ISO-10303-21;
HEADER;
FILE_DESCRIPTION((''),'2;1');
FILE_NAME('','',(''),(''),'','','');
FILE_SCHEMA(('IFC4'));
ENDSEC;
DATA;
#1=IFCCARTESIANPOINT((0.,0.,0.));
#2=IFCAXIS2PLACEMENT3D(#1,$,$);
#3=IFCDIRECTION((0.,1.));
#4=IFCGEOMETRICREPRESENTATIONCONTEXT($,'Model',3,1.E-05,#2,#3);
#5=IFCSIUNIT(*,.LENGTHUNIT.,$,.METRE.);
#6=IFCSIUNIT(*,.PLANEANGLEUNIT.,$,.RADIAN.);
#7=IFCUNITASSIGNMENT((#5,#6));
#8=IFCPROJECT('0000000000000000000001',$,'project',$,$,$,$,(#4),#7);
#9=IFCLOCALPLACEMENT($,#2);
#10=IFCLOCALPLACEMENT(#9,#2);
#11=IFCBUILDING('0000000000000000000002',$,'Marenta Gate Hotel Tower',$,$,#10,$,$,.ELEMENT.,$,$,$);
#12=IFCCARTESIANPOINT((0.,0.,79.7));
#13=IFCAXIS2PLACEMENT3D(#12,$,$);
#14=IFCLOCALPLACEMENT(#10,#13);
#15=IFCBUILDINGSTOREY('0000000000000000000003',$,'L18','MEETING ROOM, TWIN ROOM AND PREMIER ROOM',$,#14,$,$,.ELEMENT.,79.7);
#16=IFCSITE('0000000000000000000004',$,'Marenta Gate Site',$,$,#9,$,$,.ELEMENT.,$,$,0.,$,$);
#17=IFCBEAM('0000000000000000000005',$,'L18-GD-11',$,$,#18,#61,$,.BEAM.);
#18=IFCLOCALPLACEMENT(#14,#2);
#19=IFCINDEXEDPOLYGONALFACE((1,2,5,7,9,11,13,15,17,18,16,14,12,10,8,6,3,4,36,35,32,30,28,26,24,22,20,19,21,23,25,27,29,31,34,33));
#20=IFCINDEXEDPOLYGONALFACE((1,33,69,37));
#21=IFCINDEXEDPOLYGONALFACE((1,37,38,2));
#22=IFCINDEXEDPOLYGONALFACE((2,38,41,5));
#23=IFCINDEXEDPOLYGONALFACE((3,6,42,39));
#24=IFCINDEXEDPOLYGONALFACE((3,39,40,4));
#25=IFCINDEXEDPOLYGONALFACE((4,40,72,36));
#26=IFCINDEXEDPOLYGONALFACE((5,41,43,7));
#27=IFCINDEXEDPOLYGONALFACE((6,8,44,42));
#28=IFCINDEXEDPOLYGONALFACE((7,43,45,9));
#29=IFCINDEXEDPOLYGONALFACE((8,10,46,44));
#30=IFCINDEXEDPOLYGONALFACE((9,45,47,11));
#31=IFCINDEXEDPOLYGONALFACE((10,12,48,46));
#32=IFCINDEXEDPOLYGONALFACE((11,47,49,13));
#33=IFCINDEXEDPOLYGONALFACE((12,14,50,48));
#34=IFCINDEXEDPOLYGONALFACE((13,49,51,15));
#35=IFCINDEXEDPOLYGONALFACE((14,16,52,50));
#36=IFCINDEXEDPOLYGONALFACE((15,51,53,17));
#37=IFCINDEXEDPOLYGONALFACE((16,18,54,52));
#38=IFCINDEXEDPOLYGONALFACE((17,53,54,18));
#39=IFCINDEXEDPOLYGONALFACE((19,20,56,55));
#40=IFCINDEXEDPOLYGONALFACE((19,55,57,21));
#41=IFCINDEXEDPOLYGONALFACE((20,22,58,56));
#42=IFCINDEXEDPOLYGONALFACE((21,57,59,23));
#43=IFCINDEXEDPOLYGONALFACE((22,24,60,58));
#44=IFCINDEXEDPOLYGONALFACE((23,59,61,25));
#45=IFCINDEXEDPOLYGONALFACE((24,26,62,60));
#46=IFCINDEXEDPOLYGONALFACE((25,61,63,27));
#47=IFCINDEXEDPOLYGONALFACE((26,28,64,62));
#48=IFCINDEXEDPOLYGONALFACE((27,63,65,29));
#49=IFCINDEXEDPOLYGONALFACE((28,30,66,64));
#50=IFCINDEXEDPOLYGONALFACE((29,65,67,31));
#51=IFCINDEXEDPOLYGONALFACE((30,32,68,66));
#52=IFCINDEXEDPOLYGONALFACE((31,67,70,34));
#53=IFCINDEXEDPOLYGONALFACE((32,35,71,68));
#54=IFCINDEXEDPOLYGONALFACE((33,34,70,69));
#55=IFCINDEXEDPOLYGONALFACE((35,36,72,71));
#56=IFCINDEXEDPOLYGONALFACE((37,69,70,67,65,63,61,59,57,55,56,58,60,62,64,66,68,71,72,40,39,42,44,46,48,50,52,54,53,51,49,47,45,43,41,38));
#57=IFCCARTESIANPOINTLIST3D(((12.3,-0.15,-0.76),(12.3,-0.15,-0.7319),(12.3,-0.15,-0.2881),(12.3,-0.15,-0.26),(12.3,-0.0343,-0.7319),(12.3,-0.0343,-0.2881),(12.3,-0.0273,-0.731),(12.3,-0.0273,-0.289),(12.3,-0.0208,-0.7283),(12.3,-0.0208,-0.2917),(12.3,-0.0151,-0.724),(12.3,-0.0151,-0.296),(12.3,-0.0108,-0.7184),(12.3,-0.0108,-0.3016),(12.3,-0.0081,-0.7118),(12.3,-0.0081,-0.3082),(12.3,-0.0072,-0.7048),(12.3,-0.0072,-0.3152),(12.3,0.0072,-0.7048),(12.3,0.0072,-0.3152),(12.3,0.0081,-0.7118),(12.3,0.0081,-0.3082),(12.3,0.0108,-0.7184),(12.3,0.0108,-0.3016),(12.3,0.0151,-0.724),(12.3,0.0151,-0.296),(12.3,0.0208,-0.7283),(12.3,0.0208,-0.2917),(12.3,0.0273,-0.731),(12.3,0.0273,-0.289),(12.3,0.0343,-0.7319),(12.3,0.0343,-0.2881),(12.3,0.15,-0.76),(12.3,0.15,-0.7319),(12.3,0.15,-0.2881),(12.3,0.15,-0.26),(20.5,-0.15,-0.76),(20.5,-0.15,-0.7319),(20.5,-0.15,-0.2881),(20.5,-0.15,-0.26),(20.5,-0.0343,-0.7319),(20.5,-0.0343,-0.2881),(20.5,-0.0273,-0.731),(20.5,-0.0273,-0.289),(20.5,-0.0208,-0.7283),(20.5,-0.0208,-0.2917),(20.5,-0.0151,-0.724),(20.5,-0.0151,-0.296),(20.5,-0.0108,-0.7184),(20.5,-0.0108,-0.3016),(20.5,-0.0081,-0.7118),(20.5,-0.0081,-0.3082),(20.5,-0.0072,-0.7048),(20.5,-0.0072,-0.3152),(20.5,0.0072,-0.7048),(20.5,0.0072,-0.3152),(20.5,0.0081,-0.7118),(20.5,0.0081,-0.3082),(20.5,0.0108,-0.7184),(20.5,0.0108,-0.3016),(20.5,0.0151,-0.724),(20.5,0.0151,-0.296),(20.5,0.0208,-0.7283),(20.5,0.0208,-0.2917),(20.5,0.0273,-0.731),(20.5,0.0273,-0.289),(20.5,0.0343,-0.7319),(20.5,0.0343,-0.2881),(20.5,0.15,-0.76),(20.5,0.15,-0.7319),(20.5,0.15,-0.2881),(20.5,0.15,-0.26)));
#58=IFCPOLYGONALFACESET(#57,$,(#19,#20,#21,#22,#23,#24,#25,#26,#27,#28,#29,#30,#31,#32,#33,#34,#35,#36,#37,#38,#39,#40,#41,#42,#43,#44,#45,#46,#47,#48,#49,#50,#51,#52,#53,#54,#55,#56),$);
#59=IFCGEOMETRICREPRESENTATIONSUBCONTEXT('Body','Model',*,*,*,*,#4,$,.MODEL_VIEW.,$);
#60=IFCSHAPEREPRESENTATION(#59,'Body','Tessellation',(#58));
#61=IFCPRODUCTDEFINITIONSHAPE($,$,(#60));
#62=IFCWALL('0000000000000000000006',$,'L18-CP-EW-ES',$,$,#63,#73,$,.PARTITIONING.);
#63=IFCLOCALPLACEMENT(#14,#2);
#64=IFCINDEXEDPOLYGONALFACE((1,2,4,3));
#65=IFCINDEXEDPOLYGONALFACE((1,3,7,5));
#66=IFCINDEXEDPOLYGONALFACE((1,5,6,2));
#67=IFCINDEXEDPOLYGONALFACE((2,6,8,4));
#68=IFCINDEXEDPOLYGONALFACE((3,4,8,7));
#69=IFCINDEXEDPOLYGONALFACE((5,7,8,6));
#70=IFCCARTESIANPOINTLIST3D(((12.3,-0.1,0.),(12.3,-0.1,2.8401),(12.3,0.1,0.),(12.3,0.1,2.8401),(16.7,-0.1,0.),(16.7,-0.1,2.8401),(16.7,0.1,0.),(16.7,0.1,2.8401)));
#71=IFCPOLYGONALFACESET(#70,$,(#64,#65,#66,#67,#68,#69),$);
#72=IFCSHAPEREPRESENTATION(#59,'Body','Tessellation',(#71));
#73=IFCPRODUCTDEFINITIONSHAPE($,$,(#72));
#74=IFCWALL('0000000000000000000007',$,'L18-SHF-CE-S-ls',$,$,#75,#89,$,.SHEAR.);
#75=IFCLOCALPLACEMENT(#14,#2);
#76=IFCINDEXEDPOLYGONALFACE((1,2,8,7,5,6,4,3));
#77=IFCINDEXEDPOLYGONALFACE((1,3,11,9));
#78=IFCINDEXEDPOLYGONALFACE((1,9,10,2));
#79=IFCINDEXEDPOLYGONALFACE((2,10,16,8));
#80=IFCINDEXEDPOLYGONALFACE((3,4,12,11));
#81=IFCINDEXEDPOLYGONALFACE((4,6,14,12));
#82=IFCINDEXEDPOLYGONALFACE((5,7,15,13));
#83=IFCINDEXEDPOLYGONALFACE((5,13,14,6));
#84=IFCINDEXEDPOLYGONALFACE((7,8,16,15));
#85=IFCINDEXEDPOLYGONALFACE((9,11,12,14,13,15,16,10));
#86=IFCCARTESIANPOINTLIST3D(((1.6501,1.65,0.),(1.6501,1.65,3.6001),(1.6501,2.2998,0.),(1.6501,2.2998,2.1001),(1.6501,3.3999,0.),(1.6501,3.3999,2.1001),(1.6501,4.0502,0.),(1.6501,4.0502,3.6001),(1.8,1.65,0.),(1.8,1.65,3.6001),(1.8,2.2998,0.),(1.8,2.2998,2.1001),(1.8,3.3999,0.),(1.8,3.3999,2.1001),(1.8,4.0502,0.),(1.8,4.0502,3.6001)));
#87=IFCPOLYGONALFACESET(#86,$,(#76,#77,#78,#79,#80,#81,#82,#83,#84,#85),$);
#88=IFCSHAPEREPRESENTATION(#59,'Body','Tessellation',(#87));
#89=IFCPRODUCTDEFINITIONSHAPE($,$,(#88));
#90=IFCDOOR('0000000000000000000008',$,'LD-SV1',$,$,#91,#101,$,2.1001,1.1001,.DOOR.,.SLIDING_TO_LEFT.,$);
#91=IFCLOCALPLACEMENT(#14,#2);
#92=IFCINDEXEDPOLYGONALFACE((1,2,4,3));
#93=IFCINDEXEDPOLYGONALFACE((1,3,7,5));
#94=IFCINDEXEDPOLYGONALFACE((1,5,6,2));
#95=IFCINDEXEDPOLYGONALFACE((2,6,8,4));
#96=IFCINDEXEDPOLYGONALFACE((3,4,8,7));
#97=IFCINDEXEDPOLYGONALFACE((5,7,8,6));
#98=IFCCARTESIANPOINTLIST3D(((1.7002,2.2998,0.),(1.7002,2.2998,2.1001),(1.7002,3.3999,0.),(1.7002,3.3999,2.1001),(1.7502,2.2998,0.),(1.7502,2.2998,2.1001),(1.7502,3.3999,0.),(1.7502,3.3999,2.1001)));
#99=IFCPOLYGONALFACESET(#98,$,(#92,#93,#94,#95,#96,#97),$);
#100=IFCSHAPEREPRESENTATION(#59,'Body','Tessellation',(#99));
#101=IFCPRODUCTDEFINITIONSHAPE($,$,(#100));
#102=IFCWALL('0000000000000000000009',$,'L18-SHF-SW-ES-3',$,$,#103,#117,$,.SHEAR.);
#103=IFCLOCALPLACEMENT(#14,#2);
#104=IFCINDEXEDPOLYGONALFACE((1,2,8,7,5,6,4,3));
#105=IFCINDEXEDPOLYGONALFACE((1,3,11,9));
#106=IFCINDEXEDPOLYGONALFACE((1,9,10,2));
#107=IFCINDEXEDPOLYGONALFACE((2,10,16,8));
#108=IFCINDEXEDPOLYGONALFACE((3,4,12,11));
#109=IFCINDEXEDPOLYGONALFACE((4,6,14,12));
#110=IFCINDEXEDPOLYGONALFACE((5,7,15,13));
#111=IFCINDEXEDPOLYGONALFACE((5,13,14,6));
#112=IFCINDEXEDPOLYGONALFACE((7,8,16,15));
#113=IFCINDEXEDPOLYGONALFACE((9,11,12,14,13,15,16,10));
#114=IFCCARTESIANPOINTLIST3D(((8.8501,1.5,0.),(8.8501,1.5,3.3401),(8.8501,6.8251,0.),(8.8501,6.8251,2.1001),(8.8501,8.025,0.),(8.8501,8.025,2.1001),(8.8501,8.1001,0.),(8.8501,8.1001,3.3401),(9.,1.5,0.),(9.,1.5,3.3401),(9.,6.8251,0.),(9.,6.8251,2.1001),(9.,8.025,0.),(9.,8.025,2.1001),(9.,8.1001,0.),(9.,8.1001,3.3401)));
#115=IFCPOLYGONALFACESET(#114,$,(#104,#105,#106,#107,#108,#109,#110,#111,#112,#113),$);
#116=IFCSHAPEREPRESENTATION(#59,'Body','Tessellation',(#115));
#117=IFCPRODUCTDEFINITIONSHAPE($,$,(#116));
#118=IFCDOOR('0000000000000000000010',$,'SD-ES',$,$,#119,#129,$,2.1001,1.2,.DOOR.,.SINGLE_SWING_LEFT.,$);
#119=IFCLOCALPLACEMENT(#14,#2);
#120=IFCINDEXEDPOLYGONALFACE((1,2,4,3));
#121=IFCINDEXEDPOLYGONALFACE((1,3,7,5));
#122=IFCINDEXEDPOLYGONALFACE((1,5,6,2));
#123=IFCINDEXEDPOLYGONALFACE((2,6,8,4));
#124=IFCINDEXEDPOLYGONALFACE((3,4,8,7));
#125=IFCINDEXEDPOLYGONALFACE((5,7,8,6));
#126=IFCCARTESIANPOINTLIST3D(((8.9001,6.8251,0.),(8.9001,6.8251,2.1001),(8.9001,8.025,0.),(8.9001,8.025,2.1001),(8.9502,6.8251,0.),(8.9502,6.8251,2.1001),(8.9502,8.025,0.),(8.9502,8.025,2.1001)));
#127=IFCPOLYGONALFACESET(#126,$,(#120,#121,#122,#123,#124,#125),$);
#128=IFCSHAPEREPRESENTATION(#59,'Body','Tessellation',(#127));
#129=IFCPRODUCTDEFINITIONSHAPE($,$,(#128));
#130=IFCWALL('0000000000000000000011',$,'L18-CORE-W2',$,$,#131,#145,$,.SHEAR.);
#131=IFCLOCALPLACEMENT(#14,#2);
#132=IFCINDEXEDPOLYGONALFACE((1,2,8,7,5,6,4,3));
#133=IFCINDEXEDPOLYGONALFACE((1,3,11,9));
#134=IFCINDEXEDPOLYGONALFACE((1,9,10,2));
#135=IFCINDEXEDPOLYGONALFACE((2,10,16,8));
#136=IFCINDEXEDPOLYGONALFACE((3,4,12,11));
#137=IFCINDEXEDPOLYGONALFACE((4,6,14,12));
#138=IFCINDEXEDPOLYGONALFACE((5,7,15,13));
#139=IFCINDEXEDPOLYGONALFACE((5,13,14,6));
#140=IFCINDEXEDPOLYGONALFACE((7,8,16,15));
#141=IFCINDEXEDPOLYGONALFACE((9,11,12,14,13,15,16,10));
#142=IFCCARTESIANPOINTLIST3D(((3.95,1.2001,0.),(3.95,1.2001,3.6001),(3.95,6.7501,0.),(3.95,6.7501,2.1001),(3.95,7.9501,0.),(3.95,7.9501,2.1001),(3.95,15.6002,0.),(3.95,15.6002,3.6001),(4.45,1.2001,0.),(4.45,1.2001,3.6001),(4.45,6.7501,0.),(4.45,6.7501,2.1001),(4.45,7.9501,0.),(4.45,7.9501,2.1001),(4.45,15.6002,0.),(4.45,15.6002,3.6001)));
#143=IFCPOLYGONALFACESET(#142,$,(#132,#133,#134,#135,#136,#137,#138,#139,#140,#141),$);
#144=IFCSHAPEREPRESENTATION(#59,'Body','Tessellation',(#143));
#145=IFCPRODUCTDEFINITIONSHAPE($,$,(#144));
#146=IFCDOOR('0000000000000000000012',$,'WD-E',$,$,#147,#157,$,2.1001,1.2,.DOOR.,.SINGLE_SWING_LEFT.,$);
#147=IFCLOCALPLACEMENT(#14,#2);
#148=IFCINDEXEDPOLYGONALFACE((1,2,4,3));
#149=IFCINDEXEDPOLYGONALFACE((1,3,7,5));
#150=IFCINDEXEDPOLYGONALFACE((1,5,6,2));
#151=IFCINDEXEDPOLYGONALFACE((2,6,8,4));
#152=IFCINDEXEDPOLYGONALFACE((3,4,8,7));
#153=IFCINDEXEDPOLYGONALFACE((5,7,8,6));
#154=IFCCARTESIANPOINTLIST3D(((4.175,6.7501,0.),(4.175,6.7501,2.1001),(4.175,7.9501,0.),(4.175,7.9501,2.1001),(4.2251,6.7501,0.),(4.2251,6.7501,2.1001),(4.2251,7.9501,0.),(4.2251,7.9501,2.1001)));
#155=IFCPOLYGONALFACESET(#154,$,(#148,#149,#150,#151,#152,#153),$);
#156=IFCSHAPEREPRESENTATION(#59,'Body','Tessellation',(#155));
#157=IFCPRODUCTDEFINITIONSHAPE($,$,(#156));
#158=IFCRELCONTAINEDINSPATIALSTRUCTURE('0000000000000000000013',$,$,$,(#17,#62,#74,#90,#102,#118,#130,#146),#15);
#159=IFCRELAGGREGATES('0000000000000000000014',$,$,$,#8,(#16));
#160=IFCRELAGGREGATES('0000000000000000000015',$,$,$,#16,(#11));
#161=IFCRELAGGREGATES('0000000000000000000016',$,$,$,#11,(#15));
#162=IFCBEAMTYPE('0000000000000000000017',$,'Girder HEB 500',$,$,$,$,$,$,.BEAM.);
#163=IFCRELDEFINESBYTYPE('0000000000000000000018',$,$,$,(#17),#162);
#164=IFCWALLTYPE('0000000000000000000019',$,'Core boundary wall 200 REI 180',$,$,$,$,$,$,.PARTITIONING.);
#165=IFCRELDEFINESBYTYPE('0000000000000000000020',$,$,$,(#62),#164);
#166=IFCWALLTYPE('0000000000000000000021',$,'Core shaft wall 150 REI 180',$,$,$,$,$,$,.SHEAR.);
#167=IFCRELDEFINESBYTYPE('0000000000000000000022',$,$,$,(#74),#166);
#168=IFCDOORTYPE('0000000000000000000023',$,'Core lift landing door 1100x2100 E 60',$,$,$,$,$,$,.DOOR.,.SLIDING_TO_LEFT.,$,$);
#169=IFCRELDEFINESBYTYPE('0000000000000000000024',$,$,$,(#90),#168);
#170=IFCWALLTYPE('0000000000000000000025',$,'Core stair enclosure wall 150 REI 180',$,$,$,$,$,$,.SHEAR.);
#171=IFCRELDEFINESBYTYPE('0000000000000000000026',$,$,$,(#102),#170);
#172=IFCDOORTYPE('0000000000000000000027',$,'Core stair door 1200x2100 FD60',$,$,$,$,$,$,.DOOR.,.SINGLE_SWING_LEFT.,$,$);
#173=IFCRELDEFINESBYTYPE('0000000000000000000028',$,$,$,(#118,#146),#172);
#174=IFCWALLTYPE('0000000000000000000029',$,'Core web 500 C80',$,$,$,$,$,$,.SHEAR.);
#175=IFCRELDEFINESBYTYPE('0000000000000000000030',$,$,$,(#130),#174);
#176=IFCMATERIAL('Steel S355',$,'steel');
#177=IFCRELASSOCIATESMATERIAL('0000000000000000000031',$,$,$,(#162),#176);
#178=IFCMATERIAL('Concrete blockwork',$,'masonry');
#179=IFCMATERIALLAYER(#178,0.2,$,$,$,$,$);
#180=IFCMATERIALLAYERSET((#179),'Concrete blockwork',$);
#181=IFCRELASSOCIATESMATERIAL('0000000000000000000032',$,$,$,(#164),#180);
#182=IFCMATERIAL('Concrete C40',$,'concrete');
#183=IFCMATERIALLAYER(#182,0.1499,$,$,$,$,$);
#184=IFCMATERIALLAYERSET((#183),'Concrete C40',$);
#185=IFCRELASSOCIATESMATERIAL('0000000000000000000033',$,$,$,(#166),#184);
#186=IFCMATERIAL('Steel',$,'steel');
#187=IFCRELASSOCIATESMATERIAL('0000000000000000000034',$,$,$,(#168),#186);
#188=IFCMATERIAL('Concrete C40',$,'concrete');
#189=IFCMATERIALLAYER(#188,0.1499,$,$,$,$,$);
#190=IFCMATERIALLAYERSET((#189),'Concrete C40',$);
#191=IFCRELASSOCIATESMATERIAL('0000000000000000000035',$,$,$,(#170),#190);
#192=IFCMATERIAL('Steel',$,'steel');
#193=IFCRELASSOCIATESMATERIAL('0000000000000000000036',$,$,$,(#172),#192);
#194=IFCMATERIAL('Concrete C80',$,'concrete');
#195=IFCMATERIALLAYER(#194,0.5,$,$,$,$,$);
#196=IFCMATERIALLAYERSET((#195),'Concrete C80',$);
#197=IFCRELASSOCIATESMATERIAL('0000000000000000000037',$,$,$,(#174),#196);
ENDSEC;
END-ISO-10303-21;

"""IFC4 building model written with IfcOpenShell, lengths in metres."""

from ifc_helpers import new_model, si_unit, direction, frame, frame_2d, origin, origin_2d, place, context, subcontext, project, spatial, rectangle, i_section, extrude, material, layer, layer_set, material_profile, profile_set, type_object, element, fill, save


model = new_model("IFC4")

# Units and contexts
model_context = context("Model", 3, precision=1e-05, world=origin(), true_north=direction((0.0, 1.0)))
body_context = subcontext(model_context, "Body", "Model", "MODEL_VIEW")
ifc_project = project(units=[si_unit("LENGTHUNIT", "METRE"), si_unit("PLANEANGLEUNIT", "RADIAN")], contexts=[model_context])

# Site, building, storey
site_placement = place(None, origin())
site = spatial("IfcSite", under=ifc_project, at=site_placement, Name="Marenta Gate Site", CompositionType="ELEMENT", RefElevation=0.0)
building_placement = place(site_placement, origin())
building = spatial("IfcBuilding", under=site, at=building_placement, Name="Marenta Gate Hotel Tower", CompositionType="ELEMENT")
storey_placement = place(building_placement, frame((0.0, 0.0, 79.7)))
storey = spatial("IfcBuildingStorey", under=building, at=storey_placement, Name="L18", Description="MEETING ROOM, TWIN ROOM AND PREMIER ROOM", CompositionType="ELEMENT", Elevation=79.7)

# Beam
ifc_material_1 = material(Name="Steel S355", Category="steel")
ifc_material_profile = material_profile(ifc_material_1, i_section(OverallWidth=0.3, OverallDepth=0.5, WebThickness=0.0144, FlangeThickness=0.0281, FilletRadius=0.0271, at=origin_2d()), Name="HEB 500")
ifc_profile_set = profile_set([ifc_material_profile], Name="Steel S355")
beam_type = type_object("IfcBeamType", Name="Girder HEB 500", PredefinedType="BEAM", material=ifc_profile_set)
beam_placement = place(storey_placement, frame((12.3, 0.0, -0.51), z_axis=(1.0, 0.0, 0.0), x_axis=(0.0, 1.0, 0.0)))
element("IfcBeam", 1, at=beam_placement, inside=storey, type_object=beam_type, Name="L18-GD-11", PredefinedType="BEAM", context=body_context, shape_type="SweptSolid", body=[
    extrude(i_section(OverallWidth=0.3, OverallDepth=0.5, WebThickness=0.0144, FlangeThickness=0.0281, FilletRadius=0.0271, at=origin_2d()), origin(), (0.0, 0.0, 1.0), 8.2),
])

# Wall
ifc_material_2 = material(Name="Concrete blockwork", Category="masonry")
ifc_layer_1 = layer(ifc_material_2, 0.2)
ifc_layer_set_1 = layer_set([ifc_layer_1], Name="Concrete blockwork")
wall_type_1 = type_object("IfcWallType", Name="Core boundary wall 200 REI 180", PredefinedType="PARTITIONING", material=ifc_layer_set_1)
wall_1_placement = place(storey_placement, frame((12.3, 0.0, 0.0), z_axis=(0.0, 0.0, 1.0), x_axis=(1.0, 0.0, 0.0)))
element("IfcWall", 2, at=wall_1_placement, inside=storey, type_object=wall_type_1, Name="L18-CP-EW-ES", PredefinedType="PARTITIONING", context=body_context, shape_type="SweptSolid", body=[
    extrude(rectangle(XDim=4.3999, YDim=0.2, at=frame_2d((2.2, 0.0))), origin(), (0.0, 0.0, 1.0), 2.8401),
])

# Walls, openings, doors
ifc_material_3 = material(Name="Concrete C40", Category="concrete")
ifc_layer_2 = layer(ifc_material_3, 0.1499)
ifc_layer_set_2 = layer_set([ifc_layer_2], Name="Concrete C40")
wall_type_2 = type_object("IfcWallType", Name="Core shaft wall 150 REI 180", PredefinedType="SHEAR", material=ifc_layer_set_2)
wall_2_placement = place(storey_placement, frame((1.7251, 1.6499, 0.0), z_axis=(0.0, 0.0, 1.0), x_axis=(0.0, 1.0, 0.0)))
wall_2 = element("IfcWall", 3, at=wall_2_placement, inside=storey, type_object=wall_type_2, Name="L18-SHF-CE-S-ls", PredefinedType="SHEAR", context=body_context, shape_type="SweptSolid", body=[
    extrude(rectangle(XDim=2.4001, YDim=0.1499, at=frame_2d((1.2002, 0.0))), origin(), (0.0, 0.0, 1.0), 3.6001),
])
opening_1_placement = place(wall_2_placement, frame((0.6499, 0.0, 0.0)))
opening_1 = element("IfcOpeningElement", 4, at=opening_1_placement, cuts=wall_2, PredefinedType="OPENING", context=body_context, shape_type="SweptSolid", body=[
    extrude(rectangle(XDim=1.1001, YDim=2.1001, at=frame_2d((0.55, 1.05))), frame((0.0, 0.075, 0.0), z_axis=(0.0, -1.0, 0.0), x_axis=(1.0, 0.0, 0.0)), (0.0, 0.0, 1.0), 0.1499),
])
ifc_material_4 = material(Name="Steel", Category="steel")
door_type_1 = type_object("IfcDoorType", Name="Core lift landing door 1100x2100 E 60", OperationType="SLIDING_TO_LEFT", PredefinedType="DOOR", material=ifc_material_4)
door_1_placement = place(opening_1_placement, origin())
door_1 = element("IfcDoor", 5, at=door_1_placement, inside=storey, type_object=door_type_1, Name="LD-SV1", OperationType="SLIDING_TO_LEFT", OverallHeight=2.1001, OverallWidth=1.1001, PredefinedType="DOOR", context=body_context, shape_type="SweptSolid", body=[
    extrude(rectangle(XDim=1.1001, YDim=2.1001, at=frame_2d((0.55, 1.05))), frame((0.0, 0.0249, 0.0), z_axis=(0.0, -1.0, 0.0), x_axis=(1.0, 0.0, 0.0)), (0.0, 0.0, 1.0), 0.05),
])
fill(opening_1, door_1)
ifc_material_5 = material(Name="Concrete C40", Category="concrete")
ifc_layer_3 = layer(ifc_material_5, 0.1499)
ifc_layer_set_3 = layer_set([ifc_layer_3], Name="Concrete C40")
wall_type_3 = type_object("IfcWallType", Name="Core stair enclosure wall 150 REI 180", PredefinedType="SHEAR", material=ifc_layer_set_3)
wall_3_placement = place(storey_placement, frame((8.925, 1.5, 0.0), z_axis=(0.0, 0.0, 1.0), x_axis=(0.0, 1.0, 0.0)))
wall_3 = element("IfcWall", 6, at=wall_3_placement, inside=storey, type_object=wall_type_3, Name="L18-SHF-SW-ES-3", PredefinedType="SHEAR", context=body_context, shape_type="SweptSolid", body=[
    extrude(rectangle(XDim=6.6001, YDim=0.1499, at=frame_2d((3.3, 0.0))), origin(), (0.0, 0.0, 1.0), 3.3401),
])
opening_2_placement = place(wall_3_placement, frame((5.325, 0.0, 0.0)))
opening_2 = element("IfcOpeningElement", 7, at=opening_2_placement, cuts=wall_3, PredefinedType="OPENING", context=body_context, shape_type="SweptSolid", body=[
    extrude(rectangle(XDim=1.2, YDim=2.1001, at=frame_2d((0.6001, 1.05))), frame((0.0, 0.075, 0.0), z_axis=(0.0, -1.0, 0.0), x_axis=(1.0, 0.0, 0.0)), (0.0, 0.0, 1.0), 0.1499),
])
ifc_material_6 = material(Name="Steel", Category="steel")
door_type_2 = type_object("IfcDoorType", Name="Core stair door 1200x2100 FD60", OperationType="SINGLE_SWING_LEFT", PredefinedType="DOOR", material=ifc_material_6)
door_2_placement = place(opening_2_placement, origin())
door_2 = element("IfcDoor", 8, at=door_2_placement, inside=storey, type_object=door_type_2, Name="SD-ES", OperationType="SINGLE_SWING_LEFT", OverallHeight=2.1001, OverallWidth=1.2, PredefinedType="DOOR", context=body_context, shape_type="SweptSolid", body=[
    extrude(rectangle(XDim=1.2, YDim=2.1001, at=frame_2d((0.6001, 1.05))), frame((0.0, 0.0249, 0.0), z_axis=(0.0, -1.0, 0.0), x_axis=(1.0, 0.0, 0.0)), (0.0, 0.0, 1.0), 0.05),
])
fill(opening_2, door_2)

# Wall, opening, door
ifc_material_7 = material(Name="Concrete C80", Category="concrete")
ifc_layer_4 = layer(ifc_material_7, 0.5)
ifc_layer_set_4 = layer_set([ifc_layer_4], Name="Concrete C80")
wall_type_4 = type_object("IfcWallType", Name="Core web 500 C80", PredefinedType="SHEAR", material=ifc_layer_set_4)
wall_4_placement = place(storey_placement, frame((4.2, 1.2, 0.0), z_axis=(0.0, 0.0, 1.0), x_axis=(0.0, 1.0, 0.0)))
wall_4 = element("IfcWall", 9, at=wall_4_placement, inside=storey, type_object=wall_type_4, Name="L18-CORE-W2", PredefinedType="SHEAR", context=body_context, shape_type="SweptSolid", body=[
    extrude(rectangle(XDim=14.4001, YDim=0.5, at=frame_2d((7.2002, 0.0))), origin(), (0.0, 0.0, 1.0), 3.6001),
])
opening_3_placement = place(wall_4_placement, frame((5.55, 0.0, 0.0)))
opening_3 = element("IfcOpeningElement", 10, at=opening_3_placement, cuts=wall_4, PredefinedType="OPENING", context=body_context, shape_type="SweptSolid", body=[
    extrude(rectangle(XDim=1.2, YDim=2.1001, at=frame_2d((0.6001, 1.05))), frame((0.0, 0.25, 0.0), z_axis=(0.0, -1.0, 0.0), x_axis=(1.0, 0.0, 0.0)), (0.0, 0.0, 1.0), 0.5),
])
door_3_placement = place(opening_3_placement, origin())
door_3 = element("IfcDoor", 11, at=door_3_placement, inside=storey, type_object=door_type_2, Name="WD-E", OperationType="SINGLE_SWING_LEFT", OverallHeight=2.1001, OverallWidth=1.2, PredefinedType="DOOR", context=body_context, shape_type="SweptSolid", body=[
    extrude(rectangle(XDim=1.2, YDim=2.1001, at=frame_2d((0.6001, 1.05))), frame((0.0, 0.0249, 0.0), z_axis=(0.0, -1.0, 0.0), x_axis=(1.0, 0.0, 0.0)), (0.0, 0.0, 1.0), 0.05),
])
fill(opening_3, door_3)

save(model, "model.ifc")
